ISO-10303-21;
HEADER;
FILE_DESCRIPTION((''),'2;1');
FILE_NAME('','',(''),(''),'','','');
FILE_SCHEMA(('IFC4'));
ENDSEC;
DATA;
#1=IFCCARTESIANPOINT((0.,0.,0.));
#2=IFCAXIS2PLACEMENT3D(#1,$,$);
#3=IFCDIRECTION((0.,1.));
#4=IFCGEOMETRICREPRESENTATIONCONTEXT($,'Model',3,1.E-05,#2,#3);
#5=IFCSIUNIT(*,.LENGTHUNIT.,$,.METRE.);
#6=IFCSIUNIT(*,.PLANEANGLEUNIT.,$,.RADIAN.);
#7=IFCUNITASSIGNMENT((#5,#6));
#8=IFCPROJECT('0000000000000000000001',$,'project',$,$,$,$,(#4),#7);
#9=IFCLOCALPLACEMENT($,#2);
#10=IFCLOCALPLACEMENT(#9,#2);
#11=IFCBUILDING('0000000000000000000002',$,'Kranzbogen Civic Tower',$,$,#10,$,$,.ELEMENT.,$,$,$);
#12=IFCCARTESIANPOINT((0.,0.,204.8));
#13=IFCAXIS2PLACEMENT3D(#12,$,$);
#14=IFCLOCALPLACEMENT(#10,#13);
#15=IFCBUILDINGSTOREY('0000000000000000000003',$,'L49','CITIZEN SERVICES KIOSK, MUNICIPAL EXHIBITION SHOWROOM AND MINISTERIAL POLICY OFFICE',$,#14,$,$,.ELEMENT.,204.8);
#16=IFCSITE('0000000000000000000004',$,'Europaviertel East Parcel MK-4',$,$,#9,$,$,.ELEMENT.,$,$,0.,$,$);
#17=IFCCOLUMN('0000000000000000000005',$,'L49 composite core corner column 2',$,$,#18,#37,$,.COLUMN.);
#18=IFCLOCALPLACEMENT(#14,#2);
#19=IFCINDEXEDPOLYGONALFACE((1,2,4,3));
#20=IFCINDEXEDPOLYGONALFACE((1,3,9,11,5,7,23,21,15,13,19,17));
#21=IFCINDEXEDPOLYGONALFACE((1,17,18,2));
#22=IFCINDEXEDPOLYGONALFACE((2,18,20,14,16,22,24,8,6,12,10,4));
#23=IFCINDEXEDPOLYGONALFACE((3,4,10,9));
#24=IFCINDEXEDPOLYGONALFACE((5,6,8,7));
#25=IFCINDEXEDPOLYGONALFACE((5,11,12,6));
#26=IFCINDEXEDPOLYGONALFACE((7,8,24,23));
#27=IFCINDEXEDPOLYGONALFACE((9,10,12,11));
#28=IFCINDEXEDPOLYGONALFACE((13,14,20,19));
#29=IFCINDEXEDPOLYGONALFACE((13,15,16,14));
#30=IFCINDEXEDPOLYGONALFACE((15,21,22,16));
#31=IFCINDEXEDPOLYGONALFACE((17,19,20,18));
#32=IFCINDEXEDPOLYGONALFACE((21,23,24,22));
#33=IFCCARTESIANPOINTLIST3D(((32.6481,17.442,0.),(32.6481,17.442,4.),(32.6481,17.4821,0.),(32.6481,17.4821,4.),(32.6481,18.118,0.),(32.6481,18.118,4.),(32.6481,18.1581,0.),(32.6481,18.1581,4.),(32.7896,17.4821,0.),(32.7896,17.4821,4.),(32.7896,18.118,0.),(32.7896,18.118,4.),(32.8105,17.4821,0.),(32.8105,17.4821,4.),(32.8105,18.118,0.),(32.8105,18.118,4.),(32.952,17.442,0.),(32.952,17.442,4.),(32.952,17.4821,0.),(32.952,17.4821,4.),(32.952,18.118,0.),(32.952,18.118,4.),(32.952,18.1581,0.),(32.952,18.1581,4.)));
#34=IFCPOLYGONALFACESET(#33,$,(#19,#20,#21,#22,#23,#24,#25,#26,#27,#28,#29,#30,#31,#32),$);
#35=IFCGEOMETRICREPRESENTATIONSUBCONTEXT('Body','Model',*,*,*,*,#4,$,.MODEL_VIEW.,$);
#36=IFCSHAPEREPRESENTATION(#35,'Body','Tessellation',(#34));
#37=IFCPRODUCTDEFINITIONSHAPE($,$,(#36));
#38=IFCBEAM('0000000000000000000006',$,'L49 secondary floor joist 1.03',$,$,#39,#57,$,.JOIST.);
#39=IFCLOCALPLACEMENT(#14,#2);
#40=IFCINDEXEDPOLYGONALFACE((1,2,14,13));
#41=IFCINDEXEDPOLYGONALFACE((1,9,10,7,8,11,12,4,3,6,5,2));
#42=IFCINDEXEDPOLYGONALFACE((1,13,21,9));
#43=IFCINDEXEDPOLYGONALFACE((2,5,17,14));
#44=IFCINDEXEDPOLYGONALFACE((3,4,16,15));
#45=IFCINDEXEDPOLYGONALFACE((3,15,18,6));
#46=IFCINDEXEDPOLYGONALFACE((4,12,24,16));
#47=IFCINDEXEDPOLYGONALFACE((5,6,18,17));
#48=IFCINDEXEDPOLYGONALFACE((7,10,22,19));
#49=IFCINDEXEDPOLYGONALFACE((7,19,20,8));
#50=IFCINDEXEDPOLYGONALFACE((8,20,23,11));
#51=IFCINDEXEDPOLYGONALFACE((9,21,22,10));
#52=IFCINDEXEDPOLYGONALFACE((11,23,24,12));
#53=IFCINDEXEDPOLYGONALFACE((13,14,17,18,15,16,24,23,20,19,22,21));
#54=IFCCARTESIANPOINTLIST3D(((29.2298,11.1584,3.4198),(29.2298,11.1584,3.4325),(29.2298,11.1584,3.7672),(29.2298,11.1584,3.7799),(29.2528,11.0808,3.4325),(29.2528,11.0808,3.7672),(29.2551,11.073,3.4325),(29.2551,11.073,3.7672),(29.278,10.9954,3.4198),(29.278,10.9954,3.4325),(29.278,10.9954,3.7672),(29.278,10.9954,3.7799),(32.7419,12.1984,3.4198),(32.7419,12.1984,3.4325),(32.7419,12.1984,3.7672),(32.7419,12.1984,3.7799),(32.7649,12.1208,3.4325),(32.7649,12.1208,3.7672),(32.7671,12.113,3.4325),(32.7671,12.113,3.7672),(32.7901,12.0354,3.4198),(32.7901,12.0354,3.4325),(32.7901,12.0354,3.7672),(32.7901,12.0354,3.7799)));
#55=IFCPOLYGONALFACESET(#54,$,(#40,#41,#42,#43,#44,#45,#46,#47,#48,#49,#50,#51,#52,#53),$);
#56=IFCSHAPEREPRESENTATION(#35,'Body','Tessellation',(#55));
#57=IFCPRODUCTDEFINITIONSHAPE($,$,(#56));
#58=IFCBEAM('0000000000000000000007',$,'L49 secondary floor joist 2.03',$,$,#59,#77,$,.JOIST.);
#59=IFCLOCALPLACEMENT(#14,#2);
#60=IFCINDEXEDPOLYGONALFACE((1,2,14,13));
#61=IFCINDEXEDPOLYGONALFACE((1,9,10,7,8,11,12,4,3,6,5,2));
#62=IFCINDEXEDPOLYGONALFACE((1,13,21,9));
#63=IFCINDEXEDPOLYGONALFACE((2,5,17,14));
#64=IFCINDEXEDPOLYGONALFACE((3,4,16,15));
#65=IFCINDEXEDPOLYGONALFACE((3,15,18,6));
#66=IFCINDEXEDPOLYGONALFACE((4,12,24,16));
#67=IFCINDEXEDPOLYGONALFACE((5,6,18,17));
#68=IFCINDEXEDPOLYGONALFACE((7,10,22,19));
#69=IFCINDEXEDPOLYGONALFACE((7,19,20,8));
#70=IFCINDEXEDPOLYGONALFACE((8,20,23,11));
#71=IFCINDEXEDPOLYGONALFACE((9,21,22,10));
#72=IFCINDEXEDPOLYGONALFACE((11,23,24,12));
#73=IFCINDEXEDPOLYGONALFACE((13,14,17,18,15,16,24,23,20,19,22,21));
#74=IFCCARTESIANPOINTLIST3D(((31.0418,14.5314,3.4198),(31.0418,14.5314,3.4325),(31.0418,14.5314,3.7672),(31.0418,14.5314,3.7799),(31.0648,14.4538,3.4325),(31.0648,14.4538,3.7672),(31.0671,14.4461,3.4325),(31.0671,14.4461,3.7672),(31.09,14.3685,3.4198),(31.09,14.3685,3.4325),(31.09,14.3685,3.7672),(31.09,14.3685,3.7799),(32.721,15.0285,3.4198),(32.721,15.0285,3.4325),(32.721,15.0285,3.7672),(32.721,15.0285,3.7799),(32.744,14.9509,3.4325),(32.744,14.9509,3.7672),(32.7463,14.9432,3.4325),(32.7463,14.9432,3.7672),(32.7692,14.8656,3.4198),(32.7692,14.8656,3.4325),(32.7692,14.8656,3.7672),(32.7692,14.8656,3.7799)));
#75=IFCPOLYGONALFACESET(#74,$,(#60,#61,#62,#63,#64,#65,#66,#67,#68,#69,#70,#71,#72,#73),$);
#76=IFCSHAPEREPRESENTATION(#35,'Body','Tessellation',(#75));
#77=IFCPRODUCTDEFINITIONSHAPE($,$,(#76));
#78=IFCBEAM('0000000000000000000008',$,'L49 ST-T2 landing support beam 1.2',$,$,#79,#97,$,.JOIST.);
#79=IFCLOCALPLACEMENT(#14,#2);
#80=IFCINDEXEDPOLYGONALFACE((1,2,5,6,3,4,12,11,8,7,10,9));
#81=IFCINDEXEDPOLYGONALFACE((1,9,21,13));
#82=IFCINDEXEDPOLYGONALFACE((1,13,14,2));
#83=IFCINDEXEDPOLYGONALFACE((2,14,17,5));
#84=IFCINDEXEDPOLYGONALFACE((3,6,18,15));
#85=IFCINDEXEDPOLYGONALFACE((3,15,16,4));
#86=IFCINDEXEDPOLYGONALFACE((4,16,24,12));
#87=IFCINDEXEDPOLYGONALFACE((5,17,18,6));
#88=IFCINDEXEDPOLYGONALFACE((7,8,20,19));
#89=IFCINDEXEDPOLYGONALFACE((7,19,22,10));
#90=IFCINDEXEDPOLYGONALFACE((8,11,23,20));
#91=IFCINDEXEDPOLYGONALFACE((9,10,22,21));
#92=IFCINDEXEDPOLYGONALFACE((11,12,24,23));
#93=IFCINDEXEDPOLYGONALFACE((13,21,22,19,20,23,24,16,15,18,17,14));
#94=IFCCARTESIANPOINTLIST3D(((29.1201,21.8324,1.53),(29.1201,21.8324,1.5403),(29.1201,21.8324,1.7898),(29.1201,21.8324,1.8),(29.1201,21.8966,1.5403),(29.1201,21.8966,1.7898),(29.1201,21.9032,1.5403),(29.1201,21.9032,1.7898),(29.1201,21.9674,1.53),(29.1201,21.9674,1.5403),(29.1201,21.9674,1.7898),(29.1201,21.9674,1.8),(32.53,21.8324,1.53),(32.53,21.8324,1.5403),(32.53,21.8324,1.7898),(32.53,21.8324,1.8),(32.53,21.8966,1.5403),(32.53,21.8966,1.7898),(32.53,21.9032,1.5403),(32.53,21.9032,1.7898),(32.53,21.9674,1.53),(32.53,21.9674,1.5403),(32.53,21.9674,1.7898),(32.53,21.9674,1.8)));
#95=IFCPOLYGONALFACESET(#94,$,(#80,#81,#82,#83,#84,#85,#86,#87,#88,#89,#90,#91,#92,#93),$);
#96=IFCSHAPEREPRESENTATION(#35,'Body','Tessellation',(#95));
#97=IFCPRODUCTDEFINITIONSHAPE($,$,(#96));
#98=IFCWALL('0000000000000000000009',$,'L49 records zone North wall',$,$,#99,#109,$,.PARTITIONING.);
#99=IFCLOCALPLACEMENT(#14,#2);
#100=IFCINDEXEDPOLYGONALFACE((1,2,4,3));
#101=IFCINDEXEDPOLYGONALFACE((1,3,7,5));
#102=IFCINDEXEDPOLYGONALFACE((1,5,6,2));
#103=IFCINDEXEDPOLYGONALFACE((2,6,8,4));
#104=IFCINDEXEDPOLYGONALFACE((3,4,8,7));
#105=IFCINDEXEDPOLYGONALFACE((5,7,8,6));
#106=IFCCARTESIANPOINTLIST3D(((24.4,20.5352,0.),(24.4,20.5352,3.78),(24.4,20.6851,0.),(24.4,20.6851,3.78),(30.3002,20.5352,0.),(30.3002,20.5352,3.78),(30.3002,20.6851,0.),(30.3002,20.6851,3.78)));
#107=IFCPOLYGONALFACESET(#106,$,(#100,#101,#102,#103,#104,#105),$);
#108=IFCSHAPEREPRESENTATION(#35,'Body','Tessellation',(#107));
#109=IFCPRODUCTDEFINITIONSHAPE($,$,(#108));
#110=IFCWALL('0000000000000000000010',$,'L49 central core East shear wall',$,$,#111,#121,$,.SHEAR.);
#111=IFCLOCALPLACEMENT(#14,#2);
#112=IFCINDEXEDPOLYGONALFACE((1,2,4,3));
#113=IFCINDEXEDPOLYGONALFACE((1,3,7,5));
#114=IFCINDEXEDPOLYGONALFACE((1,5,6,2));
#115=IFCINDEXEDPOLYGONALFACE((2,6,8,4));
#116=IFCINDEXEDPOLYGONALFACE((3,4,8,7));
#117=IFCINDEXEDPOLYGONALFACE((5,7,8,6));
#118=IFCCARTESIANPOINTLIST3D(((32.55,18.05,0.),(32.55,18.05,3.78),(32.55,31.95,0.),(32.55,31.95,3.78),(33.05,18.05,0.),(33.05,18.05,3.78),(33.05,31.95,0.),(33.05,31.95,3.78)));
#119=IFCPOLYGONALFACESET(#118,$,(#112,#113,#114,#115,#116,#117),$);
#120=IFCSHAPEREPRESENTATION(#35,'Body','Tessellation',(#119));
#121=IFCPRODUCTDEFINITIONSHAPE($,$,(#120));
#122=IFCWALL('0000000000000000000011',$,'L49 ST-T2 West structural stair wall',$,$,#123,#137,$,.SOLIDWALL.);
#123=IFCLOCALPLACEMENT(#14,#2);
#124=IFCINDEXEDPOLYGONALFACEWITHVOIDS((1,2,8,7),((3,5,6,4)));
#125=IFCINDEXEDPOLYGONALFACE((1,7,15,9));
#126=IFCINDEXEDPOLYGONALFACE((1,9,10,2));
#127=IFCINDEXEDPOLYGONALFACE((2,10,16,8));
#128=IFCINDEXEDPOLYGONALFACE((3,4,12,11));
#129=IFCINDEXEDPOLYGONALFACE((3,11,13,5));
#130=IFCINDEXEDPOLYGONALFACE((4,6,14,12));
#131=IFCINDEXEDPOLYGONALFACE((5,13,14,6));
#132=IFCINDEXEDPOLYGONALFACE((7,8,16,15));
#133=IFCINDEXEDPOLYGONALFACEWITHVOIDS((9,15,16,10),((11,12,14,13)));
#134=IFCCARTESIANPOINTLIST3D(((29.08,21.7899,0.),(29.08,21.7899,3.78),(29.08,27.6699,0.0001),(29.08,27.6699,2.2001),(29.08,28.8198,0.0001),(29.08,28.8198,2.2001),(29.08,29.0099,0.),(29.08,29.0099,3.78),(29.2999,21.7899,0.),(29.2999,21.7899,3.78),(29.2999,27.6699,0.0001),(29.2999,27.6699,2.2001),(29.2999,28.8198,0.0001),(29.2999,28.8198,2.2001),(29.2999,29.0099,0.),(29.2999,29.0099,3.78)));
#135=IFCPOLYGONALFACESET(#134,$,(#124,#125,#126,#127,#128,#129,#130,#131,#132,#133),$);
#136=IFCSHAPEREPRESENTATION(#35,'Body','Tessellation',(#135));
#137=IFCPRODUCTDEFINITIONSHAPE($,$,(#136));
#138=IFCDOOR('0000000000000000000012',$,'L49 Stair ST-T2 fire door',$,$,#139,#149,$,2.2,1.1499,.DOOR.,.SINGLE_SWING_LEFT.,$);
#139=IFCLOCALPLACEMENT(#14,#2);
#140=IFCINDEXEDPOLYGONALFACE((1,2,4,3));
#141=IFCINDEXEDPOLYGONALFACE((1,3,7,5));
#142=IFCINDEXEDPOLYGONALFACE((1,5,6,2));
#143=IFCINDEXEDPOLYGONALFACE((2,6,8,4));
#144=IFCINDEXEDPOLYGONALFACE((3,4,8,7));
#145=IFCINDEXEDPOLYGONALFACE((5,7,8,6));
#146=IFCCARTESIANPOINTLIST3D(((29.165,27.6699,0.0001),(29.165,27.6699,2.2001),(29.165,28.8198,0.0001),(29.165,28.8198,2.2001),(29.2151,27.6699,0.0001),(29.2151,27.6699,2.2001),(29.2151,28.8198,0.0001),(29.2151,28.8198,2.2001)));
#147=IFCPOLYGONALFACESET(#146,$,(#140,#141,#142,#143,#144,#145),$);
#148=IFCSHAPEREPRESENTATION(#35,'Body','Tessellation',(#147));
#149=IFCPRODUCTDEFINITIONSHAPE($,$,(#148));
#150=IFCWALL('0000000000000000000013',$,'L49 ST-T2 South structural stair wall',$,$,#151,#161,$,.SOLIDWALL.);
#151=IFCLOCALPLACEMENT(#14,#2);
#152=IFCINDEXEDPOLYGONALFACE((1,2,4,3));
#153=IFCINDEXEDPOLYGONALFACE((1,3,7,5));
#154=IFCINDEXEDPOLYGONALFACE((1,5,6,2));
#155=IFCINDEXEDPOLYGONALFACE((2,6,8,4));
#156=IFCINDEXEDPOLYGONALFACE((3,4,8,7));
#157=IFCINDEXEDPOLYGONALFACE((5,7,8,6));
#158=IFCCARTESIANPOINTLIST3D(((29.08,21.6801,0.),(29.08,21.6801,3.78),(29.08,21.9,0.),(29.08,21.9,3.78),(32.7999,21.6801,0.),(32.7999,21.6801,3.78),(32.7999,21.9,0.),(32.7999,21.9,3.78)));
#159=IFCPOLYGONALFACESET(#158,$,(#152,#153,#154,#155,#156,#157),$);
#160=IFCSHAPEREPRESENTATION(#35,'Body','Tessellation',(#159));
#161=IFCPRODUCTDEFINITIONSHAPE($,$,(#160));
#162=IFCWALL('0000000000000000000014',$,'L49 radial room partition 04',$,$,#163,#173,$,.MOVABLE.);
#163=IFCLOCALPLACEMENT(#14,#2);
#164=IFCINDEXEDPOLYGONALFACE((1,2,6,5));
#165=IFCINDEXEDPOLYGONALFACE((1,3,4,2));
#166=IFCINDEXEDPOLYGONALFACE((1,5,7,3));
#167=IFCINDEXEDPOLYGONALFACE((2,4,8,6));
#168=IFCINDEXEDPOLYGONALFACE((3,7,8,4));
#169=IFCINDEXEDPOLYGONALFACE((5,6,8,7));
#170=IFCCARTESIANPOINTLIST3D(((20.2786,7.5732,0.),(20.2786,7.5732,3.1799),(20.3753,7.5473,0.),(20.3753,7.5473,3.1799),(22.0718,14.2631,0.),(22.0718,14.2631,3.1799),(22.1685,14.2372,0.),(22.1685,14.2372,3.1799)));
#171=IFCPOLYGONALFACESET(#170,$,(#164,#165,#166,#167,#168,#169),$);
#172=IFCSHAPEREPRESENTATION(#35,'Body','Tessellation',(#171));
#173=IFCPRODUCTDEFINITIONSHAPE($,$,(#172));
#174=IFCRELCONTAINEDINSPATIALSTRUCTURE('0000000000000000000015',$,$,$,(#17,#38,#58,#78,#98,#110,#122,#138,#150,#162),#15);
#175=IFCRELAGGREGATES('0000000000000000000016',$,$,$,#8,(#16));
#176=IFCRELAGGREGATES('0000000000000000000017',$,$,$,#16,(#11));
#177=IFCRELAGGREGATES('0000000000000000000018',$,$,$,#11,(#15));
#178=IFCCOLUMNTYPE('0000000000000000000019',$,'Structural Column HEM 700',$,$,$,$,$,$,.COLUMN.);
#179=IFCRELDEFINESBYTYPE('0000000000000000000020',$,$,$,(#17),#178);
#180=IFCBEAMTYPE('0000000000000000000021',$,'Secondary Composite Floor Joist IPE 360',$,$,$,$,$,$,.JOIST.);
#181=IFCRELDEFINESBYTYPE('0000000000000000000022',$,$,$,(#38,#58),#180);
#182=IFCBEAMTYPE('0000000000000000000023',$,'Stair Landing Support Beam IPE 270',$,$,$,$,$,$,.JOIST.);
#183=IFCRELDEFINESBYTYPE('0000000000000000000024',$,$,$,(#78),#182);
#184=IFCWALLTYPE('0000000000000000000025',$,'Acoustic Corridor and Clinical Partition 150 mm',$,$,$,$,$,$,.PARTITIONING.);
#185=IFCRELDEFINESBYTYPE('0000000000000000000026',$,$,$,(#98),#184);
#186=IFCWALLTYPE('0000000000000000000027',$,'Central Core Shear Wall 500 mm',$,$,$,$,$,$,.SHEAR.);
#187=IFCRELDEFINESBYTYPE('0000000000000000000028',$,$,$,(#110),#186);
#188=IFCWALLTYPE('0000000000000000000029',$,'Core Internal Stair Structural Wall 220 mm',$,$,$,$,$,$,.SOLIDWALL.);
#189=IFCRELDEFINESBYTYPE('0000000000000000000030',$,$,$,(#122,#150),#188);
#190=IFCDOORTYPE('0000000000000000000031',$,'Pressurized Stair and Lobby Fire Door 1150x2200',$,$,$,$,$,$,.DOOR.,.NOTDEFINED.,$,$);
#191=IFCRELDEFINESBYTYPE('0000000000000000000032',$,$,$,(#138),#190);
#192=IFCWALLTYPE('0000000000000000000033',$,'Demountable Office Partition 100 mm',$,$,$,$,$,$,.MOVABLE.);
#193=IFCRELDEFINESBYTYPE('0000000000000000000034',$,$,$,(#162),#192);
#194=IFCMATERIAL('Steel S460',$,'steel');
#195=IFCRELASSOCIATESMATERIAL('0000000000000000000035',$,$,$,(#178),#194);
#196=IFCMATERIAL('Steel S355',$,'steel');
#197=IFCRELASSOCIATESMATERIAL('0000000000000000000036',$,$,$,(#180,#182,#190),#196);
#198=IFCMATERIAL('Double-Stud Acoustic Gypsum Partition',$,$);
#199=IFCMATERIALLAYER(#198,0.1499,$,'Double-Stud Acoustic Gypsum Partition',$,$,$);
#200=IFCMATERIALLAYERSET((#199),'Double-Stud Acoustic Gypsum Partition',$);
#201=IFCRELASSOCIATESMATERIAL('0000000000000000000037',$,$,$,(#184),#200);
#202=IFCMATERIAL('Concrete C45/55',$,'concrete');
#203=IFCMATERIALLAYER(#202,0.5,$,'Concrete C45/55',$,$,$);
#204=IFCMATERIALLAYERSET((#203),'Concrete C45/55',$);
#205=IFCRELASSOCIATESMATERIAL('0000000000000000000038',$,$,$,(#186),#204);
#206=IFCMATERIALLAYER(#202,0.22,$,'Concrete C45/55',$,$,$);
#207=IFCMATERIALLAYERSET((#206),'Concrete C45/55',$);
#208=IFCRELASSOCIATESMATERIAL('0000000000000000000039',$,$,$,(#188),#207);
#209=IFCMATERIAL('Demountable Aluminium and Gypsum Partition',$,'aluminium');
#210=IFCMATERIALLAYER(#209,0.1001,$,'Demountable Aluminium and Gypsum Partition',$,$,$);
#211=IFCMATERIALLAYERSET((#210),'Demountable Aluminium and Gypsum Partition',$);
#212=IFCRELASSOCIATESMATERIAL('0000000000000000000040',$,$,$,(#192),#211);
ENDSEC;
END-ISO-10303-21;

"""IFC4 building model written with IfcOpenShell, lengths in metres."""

from ifc_helpers import new_model, si_unit, direction, frame, frame_2d, origin, origin_2d, place, context, subcontext, project, spatial, rectangle, i_section, extrude, material, layer, layer_set, material_profile, profile_set, type_object, element, fill, save


model = new_model("IFC4")

# Units and contexts
model_context = context("Model", 3, precision=1e-05, world=origin(), true_north=direction((0.0, 1.0)))
body_context = subcontext(model_context, "Body", "Model", "MODEL_VIEW")
ifc_project = project(units=[si_unit("LENGTHUNIT", "METRE"), si_unit("PLANEANGLEUNIT", "RADIAN")], contexts=[model_context])

# Site, building, storey
site_placement = place(None, origin())
site = spatial("IfcSite", under=ifc_project, at=site_placement, Name="Europaviertel East Parcel MK-4", CompositionType="ELEMENT", RefElevation=0.0)
building_placement = place(site_placement, origin())
building = spatial("IfcBuilding", under=site, at=building_placement, Name="Kranzbogen Civic Tower", CompositionType="ELEMENT")
storey_placement = place(building_placement, frame((0.0, 0.0, 204.8)))
storey = spatial("IfcBuildingStorey", under=building, at=storey_placement, Name="L49", Description="CITIZEN SERVICES KIOSK, MUNICIPAL EXHIBITION SHOWROOM AND MINISTERIAL POLICY OFFICE", CompositionType="ELEMENT", Elevation=204.8)

# Column
ifc_material_1 = material(Name="Steel S460", Category="steel")
ifc_material_profile_1 = material_profile(ifc_material_1, i_section(OverallWidth=0.304, OverallDepth=0.7161, WebThickness=0.021, FlangeThickness=0.04, at=origin_2d()), Name="HEM 700")
ifc_profile_set_1 = profile_set([ifc_material_profile_1], Name="Steel S460")
column_type = type_object("IfcColumnType", Name="Structural Column HEM 700", PredefinedType="COLUMN", material=ifc_profile_set_1)
column_placement = place(storey_placement, frame((32.8, 17.8, 0.0), z_axis=(0.0, 0.0, 1.0), x_axis=(1.0, 0.0, 0.0)))
element("IfcColumn", 1, at=column_placement, inside=storey, type_object=column_type, Name="L49 composite core corner column 2", PredefinedType="COLUMN", context=body_context, shape_type="SweptSolid", body=[
    extrude(i_section(OverallWidth=0.304, OverallDepth=0.7161, WebThickness=0.021, FlangeThickness=0.04, at=origin_2d()), origin(), (0.0, 0.0, 1.0), 4.0),
])

# Beams
ifc_material_2 = material(Name="Steel S355", Category="steel")
ifc_material_profile_2 = material_profile(ifc_material_2, i_section(OverallWidth=0.1699, OverallDepth=0.3601, WebThickness=0.0081, FlangeThickness=0.0127, at=origin_2d()), Name="IPE 360")
ifc_profile_set_2 = profile_set([ifc_material_profile_2], Name="Steel S355")
beam_type_1 = type_object("IfcBeamType", Name="Secondary Composite Floor Joist IPE 360", PredefinedType="JOIST", material=ifc_profile_set_2)
beam_1_placement = place(storey_placement, frame((29.2539, 11.0769, 3.5999), z_axis=(0.958844, 0.283934, 0.0), x_axis=(-0.283934, 0.958844, 0.0)))
element("IfcBeam", 2, at=beam_1_placement, inside=storey, type_object=beam_type_1, Name="L49 secondary floor joist 1.03", PredefinedType="JOIST", context=body_context, shape_type="SweptSolid", body=[
    extrude(i_section(OverallWidth=0.1699, OverallDepth=0.3601, WebThickness=0.0081, FlangeThickness=0.0127, at=origin_2d()), origin(), (0.0, 0.0, 1.0), 3.6628),
])
beam_2_placement = place(storey_placement, frame((31.0659, 14.45, 3.5999), z_axis=(0.958871, 0.283841, 0.0), x_axis=(-0.283841, 0.958871, 0.0)))
element("IfcBeam", 3, at=beam_2_placement, inside=storey, type_object=beam_type_1, Name="L49 secondary floor joist 2.03", PredefinedType="JOIST", context=body_context, shape_type="SweptSolid", body=[
    extrude(i_section(OverallWidth=0.1699, OverallDepth=0.3601, WebThickness=0.0081, FlangeThickness=0.0127, at=origin_2d()), origin(), (0.0, 0.0, 1.0), 1.7512),
])
ifc_material_profile_3 = material_profile(ifc_material_2, i_section(OverallWidth=0.135, OverallDepth=0.27, WebThickness=0.0066, FlangeThickness=0.0103, at=origin_2d()), Name="IPE 270")
ifc_profile_set_3 = profile_set([ifc_material_profile_3], Name="Steel S355")
beam_type_2 = type_object("IfcBeamType", Name="Stair Landing Support Beam IPE 270", PredefinedType="JOIST", material=ifc_profile_set_3)
beam_3_placement = place(storey_placement, frame((29.1201, 21.8999, 1.665), z_axis=(1.0, 0.0, 0.0), x_axis=(0.0, 1.0, 0.0)))
element("IfcBeam", 4, at=beam_3_placement, inside=storey, type_object=beam_type_2, Name="L49 ST-T2 landing support beam 1.2", PredefinedType="JOIST", context=body_context, shape_type="SweptSolid", body=[
    extrude(i_section(OverallWidth=0.135, OverallDepth=0.27, WebThickness=0.0066, FlangeThickness=0.0103, at=origin_2d()), origin(), (0.0, 0.0, 1.0), 3.4099),
])

# Walls
ifc_material_3 = material(Name="Double-Stud Acoustic Gypsum Partition")
ifc_layer_1 = layer(ifc_material_3, 0.1499, Name="Double-Stud Acoustic Gypsum Partition")
ifc_layer_set_1 = layer_set([ifc_layer_1], Name="Double-Stud Acoustic Gypsum Partition")
wall_type_1 = type_object("IfcWallType", Name="Acoustic Corridor and Clinical Partition 150 mm", PredefinedType="PARTITIONING", material=ifc_layer_set_1)
wall_1_placement = place(storey_placement, frame((24.3999, 20.6101, 0.0), z_axis=(0.0, 0.0, 1.0), x_axis=(1.0, 0.0, 0.0)))
element("IfcWall", 5, at=wall_1_placement, inside=storey, type_object=wall_type_1, Name="L49 records zone North wall", PredefinedType="PARTITIONING", context=body_context, shape_type="SweptSolid", body=[
    extrude(rectangle(XDim=5.9001, YDim=0.1499, at=frame_2d((2.9502, 0.0))), origin(), (0.0, 0.0, 1.0), 3.78),
])
ifc_material_4 = material(Name="Concrete C45/55", Category="concrete")
ifc_layer_2 = layer(ifc_material_4, 0.5, Name="Concrete C45/55")
ifc_layer_set_2 = layer_set([ifc_layer_2], Name="Concrete C45/55")
wall_type_2 = type_object("IfcWallType", Name="Central Core Shear Wall 500 mm", PredefinedType="SHEAR", material=ifc_layer_set_2)
wall_2_placement = place(storey_placement, frame((32.8, 18.05, 0.0), z_axis=(0.0, 0.0, 1.0), x_axis=(0.0, 1.0, 0.0)))
element("IfcWall", 6, at=wall_2_placement, inside=storey, type_object=wall_type_2, Name="L49 central core East shear wall", PredefinedType="SHEAR", context=body_context, shape_type="SweptSolid", body=[
    extrude(rectangle(XDim=13.8999, YDim=0.5, at=frame_2d((6.95, 0.0))), origin(), (0.0, 0.0, 1.0), 3.78),
])

# Wall, opening, door
ifc_layer_3 = layer(ifc_material_4, 0.22, Name="Concrete C45/55")
ifc_layer_set_3 = layer_set([ifc_layer_3], Name="Concrete C45/55")
wall_type_3 = type_object("IfcWallType", Name="Core Internal Stair Structural Wall 220 mm", PredefinedType="SOLIDWALL", material=ifc_layer_set_3)
wall_3_placement = place(storey_placement, frame((29.1899, 21.79, 0.0), z_axis=(0.0, 0.0, 1.0), x_axis=(0.0, 1.0, 0.0)))
wall_3 = element("IfcWall", 7, at=wall_3_placement, inside=storey, type_object=wall_type_3, Name="L49 ST-T2 West structural stair wall", PredefinedType="SOLIDWALL", context=body_context, shape_type="SweptSolid", body=[
    extrude(rectangle(XDim=7.22, YDim=0.22, at=frame_2d((3.6099, 0.0))), origin(), (0.0, 0.0, 1.0), 3.78),
])
opening_1_placement = place(wall_3_placement, frame((5.8799, 0.0, 0.0)))
opening_1 = element("IfcOpeningElement", 8, at=opening_1_placement, cuts=wall_3, PredefinedType="OPENING", context=body_context, shape_type="SweptSolid", body=[
    extrude(rectangle(XDim=1.1499, YDim=2.2, at=frame_2d((0.575, 1.1001))), frame((0.0, 0.1201, 0.0), z_axis=(0.0, -1.0, 0.0), x_axis=(1.0, 0.0, 0.0)), (0.0, 0.0, 1.0), 0.24),
])
door_type_1 = type_object("IfcDoorType", Name="Pressurized Stair and Lobby Fire Door 1150x2200", OperationType="NOTDEFINED", PredefinedType="DOOR", material=ifc_material_2)
door_1_placement = place(opening_1_placement, origin())
door_1 = element("IfcDoor", 9, at=door_1_placement, inside=storey, type_object=door_type_1, Name="L49 Stair ST-T2 fire door", OperationType="SINGLE_SWING_LEFT", OverallHeight=2.2, OverallWidth=1.1499, PredefinedType="DOOR", context=body_context, shape_type="SweptSolid", body=[
    extrude(rectangle(XDim=1.1499, YDim=2.2, at=frame_2d((0.575, 1.1001))), frame((0.0, 0.0249, 0.0), z_axis=(0.0, -1.0, 0.0), x_axis=(1.0, 0.0, 0.0)), (0.0, 0.0, 1.0), 0.05),
])
fill(opening_1, door_1)

# Walls
wall_4_placement = place(storey_placement, frame((29.0801, 21.79, 0.0), z_axis=(0.0, 0.0, 1.0), x_axis=(1.0, 0.0, 0.0)))
element("IfcWall", 10, at=wall_4_placement, inside=storey, type_object=wall_type_3, Name="L49 ST-T2 South structural stair wall", PredefinedType="SOLIDWALL", context=body_context, shape_type="SweptSolid", body=[
    extrude(rectangle(XDim=3.72, YDim=0.22, at=frame_2d((1.8599, 0.0))), origin(), (0.0, 0.0, 1.0), 3.78),
])
ifc_material_5 = material(Name="Demountable Aluminium and Gypsum Partition", Category="aluminium")
ifc_layer_4 = layer(ifc_material_5, 0.1001, Name="Demountable Aluminium and Gypsum Partition")
ifc_layer_set_4 = layer_set([ifc_layer_4], Name="Demountable Aluminium and Gypsum Partition")
wall_type_4 = type_object("IfcWallType", Name="Demountable Office Partition 100 mm", PredefinedType="MOVABLE", material=ifc_layer_set_4)
wall_5_placement = place(storey_placement, frame((22.1201, 14.25, 0.0), z_axis=(0.0, 0.0, 1.0), x_axis=(-0.258906, -0.965902, 0.0)))
element("IfcWall", 11, at=wall_5_placement, inside=storey, type_object=wall_type_4, Name="L49 radial room partition 04", PredefinedType="MOVABLE", context=body_context, shape_type="SweptSolid", body=[
    extrude(rectangle(XDim=6.926, YDim=0.1001, at=frame_2d((3.4629, 0.0))), origin(), (0.0, 0.0, 1.0), 3.1799),
])

save(model, "model.ifc")
